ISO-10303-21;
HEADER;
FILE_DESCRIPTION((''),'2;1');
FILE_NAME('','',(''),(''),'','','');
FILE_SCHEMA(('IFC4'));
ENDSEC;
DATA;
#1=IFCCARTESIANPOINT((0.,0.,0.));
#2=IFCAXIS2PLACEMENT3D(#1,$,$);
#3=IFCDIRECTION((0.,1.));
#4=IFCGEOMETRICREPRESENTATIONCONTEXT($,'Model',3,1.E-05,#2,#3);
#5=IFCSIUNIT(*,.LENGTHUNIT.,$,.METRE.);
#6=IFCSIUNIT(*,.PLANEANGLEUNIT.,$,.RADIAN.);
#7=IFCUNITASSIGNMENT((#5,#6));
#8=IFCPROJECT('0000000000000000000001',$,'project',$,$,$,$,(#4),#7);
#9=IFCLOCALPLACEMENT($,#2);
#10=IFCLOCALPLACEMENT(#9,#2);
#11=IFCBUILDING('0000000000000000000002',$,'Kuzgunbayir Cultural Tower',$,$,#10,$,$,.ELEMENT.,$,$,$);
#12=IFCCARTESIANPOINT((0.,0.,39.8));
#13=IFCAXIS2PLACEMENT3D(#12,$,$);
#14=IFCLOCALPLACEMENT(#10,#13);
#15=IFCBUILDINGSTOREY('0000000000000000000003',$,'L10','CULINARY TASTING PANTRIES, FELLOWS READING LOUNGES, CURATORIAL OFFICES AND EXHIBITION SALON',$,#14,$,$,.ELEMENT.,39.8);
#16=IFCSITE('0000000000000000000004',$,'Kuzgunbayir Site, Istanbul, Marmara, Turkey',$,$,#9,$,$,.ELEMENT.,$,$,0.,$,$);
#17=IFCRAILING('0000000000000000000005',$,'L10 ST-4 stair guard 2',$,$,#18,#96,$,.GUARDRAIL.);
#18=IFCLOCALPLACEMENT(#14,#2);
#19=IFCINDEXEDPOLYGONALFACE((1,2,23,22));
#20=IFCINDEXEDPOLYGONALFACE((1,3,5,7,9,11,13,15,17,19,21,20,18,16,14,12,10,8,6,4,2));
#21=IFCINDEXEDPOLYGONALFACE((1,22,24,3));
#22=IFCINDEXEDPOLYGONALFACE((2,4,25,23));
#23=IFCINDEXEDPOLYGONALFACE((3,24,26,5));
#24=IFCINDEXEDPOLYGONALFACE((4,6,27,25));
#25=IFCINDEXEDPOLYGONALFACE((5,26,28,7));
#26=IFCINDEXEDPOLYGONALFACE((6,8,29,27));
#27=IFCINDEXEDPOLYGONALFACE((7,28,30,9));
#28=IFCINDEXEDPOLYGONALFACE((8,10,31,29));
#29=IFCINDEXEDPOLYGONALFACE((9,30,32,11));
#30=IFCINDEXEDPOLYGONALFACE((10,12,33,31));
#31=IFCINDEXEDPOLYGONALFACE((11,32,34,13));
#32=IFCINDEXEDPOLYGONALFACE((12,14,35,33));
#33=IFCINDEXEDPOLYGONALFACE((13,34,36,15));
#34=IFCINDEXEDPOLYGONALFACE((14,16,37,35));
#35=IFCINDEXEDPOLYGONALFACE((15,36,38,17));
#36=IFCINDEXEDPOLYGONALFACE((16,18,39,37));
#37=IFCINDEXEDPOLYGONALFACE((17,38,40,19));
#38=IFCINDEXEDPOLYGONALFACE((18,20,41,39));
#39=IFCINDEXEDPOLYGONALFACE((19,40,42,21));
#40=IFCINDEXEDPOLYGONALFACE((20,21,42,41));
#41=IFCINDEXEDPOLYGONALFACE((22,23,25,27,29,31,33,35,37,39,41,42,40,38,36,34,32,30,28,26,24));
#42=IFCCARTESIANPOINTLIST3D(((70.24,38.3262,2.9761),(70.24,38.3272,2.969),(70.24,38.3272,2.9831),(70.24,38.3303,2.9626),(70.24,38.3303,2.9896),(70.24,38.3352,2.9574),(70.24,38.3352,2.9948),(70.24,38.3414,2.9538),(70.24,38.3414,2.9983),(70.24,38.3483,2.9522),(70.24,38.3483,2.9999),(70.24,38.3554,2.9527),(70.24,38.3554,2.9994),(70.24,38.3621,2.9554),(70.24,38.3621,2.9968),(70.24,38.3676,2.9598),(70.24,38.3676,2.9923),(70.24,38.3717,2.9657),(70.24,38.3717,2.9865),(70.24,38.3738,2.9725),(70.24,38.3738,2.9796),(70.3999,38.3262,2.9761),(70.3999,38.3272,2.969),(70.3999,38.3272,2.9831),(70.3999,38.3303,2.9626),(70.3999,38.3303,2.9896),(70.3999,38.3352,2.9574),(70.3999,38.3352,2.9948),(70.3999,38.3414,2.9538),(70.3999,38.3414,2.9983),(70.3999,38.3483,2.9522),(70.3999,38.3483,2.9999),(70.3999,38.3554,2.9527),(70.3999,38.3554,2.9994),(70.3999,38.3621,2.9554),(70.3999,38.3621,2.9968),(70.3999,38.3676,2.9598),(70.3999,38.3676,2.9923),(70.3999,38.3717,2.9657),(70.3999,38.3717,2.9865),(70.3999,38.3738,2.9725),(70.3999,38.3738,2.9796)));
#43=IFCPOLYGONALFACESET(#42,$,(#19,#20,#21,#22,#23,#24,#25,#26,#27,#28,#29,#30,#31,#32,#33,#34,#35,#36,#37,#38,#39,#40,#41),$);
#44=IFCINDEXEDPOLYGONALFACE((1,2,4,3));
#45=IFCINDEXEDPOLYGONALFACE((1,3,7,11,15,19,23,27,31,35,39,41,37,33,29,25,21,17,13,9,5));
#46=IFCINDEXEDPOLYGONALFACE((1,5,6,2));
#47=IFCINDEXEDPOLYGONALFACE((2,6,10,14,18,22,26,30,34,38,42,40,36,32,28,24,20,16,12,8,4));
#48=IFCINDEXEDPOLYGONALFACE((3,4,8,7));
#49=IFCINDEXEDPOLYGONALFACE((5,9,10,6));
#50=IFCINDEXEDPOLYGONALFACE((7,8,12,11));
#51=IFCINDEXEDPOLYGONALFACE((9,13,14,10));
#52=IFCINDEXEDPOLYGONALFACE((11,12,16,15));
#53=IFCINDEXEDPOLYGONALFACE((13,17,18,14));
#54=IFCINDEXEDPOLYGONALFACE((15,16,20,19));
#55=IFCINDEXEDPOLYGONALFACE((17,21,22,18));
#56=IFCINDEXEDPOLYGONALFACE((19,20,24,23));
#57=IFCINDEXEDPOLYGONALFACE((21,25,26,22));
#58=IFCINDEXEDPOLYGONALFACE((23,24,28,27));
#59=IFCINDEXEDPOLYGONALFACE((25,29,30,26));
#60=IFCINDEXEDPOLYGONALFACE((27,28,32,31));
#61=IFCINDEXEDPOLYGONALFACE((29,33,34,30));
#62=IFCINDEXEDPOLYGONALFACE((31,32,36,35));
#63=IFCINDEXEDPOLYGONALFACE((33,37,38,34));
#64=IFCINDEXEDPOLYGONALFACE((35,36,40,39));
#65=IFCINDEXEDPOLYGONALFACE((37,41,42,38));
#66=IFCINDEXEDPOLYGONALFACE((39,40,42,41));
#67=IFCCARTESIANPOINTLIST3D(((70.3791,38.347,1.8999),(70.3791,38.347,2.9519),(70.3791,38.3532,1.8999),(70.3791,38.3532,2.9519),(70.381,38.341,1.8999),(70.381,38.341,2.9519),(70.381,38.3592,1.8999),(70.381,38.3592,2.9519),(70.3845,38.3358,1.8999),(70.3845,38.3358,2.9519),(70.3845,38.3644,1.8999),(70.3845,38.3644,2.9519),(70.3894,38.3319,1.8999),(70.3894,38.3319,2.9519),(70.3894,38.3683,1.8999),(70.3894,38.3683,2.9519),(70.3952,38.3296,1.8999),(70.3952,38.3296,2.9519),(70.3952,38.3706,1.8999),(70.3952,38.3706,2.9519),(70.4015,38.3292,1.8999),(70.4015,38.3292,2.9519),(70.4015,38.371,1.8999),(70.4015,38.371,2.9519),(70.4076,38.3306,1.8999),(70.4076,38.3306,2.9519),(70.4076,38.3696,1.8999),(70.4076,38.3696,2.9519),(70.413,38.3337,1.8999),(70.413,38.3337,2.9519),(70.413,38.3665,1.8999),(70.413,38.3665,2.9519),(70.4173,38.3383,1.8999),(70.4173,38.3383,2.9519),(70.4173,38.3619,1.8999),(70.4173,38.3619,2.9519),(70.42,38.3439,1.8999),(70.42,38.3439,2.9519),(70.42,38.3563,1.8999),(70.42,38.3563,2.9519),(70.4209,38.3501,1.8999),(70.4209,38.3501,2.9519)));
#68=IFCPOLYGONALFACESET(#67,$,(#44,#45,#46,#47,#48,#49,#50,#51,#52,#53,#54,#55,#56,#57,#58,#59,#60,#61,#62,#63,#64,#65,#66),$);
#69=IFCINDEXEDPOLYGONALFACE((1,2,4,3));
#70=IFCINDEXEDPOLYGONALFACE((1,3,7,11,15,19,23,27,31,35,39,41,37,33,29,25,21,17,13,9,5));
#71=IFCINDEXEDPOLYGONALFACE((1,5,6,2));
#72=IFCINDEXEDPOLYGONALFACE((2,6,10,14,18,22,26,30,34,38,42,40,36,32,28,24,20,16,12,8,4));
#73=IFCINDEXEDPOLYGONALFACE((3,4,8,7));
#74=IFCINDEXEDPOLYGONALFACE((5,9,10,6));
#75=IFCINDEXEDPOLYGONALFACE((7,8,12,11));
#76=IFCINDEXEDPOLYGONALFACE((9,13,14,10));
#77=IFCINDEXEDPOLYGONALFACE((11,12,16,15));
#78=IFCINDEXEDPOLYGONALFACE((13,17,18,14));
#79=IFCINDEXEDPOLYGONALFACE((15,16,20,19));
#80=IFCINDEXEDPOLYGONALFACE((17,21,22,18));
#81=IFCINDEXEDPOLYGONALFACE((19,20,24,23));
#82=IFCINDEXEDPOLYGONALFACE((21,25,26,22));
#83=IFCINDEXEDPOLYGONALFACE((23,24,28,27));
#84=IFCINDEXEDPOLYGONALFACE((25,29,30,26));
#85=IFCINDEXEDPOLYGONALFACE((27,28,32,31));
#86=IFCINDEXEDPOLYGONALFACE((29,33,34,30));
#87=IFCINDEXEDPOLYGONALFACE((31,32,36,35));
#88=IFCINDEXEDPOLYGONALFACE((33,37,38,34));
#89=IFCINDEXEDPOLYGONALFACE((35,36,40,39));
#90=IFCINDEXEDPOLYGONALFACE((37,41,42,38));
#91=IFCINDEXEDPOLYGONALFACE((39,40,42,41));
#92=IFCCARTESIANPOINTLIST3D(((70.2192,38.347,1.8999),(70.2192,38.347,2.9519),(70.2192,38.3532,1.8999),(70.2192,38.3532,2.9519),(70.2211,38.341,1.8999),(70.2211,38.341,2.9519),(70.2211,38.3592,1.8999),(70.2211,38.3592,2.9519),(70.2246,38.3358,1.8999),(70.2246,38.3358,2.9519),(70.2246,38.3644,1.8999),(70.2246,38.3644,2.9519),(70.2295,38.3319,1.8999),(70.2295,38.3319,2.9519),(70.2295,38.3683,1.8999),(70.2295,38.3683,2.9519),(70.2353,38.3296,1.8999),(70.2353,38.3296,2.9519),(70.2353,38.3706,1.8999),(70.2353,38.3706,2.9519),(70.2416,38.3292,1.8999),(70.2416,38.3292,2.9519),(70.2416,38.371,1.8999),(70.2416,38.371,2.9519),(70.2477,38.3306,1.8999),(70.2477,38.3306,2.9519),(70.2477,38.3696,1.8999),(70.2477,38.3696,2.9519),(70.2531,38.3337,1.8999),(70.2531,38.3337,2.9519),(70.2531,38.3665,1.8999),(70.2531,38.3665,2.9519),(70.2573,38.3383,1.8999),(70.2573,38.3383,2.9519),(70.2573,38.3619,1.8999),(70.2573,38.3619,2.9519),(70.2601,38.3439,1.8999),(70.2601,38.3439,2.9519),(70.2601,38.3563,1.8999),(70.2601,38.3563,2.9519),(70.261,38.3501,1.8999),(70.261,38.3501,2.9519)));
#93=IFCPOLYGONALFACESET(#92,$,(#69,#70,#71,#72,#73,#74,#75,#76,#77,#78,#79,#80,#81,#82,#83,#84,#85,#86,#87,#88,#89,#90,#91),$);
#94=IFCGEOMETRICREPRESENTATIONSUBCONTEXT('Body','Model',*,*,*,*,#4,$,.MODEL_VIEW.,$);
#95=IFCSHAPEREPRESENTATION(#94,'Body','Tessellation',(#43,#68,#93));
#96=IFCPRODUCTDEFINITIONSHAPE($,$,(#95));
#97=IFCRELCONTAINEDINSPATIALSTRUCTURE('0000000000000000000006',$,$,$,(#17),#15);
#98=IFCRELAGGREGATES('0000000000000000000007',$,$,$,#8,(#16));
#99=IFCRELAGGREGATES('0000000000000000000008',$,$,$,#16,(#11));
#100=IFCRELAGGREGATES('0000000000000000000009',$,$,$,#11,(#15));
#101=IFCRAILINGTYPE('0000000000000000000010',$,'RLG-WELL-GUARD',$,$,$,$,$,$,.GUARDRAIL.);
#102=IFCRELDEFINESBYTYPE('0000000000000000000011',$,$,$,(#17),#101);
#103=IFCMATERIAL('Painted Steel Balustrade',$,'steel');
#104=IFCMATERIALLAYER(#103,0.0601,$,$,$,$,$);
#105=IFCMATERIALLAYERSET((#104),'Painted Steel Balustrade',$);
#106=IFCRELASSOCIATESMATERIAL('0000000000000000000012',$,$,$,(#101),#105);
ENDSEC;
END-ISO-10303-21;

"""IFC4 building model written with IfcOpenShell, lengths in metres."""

from ifc_helpers import new_model, si_unit, direction, frame, origin, origin_2d, place, context, subcontext, project, spatial, circle, extrude, material, layer, layer_set, type_object, element, save


model = new_model("IFC4")

# Units and contexts
model_context = context("Model", 3, precision=1e-05, world=origin(), true_north=direction((0.0, 1.0)))
body_context = subcontext(model_context, "Body", "Model", "MODEL_VIEW")
ifc_project = project(units=[si_unit("LENGTHUNIT", "METRE"), si_unit("PLANEANGLEUNIT", "RADIAN")], contexts=[model_context])

# Site, building, storey
site_placement = place(None, origin())
site = spatial("IfcSite", under=ifc_project, at=site_placement, Name="Kuzgunbayir Site, Istanbul, Marmara, Turkey", CompositionType="ELEMENT", RefElevation=0.0)
building_placement = place(site_placement, origin())
building = spatial("IfcBuilding", under=site, at=building_placement, Name="Kuzgunbayir Cultural Tower", CompositionType="ELEMENT")
storey_placement = place(building_placement, frame((0.0, 0.0, 39.8)))
storey = spatial("IfcBuildingStorey", under=building, at=storey_placement, Name="L10", Description="CULINARY TASTING PANTRIES, FELLOWS READING LOUNGES, CURATORIAL OFFICES AND EXHIBITION SALON", CompositionType="ELEMENT", Elevation=39.8)

# Railing
ifc_material_1 = material(Name="Painted Steel Balustrade", Category="steel")
ifc_layer_1 = layer(ifc_material_1, 0.0601)
ifc_layer_set_1 = layer_set([ifc_layer_1], Name="Painted Steel Balustrade")
railing_type_1 = type_object("IfcRailingType", Name="RLG-WELL-GUARD", PredefinedType="GUARDRAIL", material=ifc_layer_set_1)
railing_1_placement = place(storey_placement, frame((70.3999, 38.3501, 1.8999)))
element("IfcRailing", 1, at=railing_1_placement, inside=storey, type_object=railing_type_1, Name="L10 ST-4 stair guard 2", PredefinedType="GUARDRAIL", context=body_context, shape_type="SweptSolid", body=[
    extrude(circle(Radius=0.0239, at=origin_2d()), frame((0.0, 0.0, 1.0762), z_axis=(-1.0, 0.0, 0.0), x_axis=(0.0, -1.0, 0.0)), (0.0, 0.0, 1.0), 0.1599),
    extrude(circle(Radius=0.021, at=origin_2d()), origin(), (0.0, 0.0, 1.0), 1.052),
    extrude(circle(Radius=0.021, at=origin_2d()), frame((-0.1599, 0.0, 0.0)), (0.0, 0.0, 1.0), 1.052),
])

save(model, "model.ifc")
